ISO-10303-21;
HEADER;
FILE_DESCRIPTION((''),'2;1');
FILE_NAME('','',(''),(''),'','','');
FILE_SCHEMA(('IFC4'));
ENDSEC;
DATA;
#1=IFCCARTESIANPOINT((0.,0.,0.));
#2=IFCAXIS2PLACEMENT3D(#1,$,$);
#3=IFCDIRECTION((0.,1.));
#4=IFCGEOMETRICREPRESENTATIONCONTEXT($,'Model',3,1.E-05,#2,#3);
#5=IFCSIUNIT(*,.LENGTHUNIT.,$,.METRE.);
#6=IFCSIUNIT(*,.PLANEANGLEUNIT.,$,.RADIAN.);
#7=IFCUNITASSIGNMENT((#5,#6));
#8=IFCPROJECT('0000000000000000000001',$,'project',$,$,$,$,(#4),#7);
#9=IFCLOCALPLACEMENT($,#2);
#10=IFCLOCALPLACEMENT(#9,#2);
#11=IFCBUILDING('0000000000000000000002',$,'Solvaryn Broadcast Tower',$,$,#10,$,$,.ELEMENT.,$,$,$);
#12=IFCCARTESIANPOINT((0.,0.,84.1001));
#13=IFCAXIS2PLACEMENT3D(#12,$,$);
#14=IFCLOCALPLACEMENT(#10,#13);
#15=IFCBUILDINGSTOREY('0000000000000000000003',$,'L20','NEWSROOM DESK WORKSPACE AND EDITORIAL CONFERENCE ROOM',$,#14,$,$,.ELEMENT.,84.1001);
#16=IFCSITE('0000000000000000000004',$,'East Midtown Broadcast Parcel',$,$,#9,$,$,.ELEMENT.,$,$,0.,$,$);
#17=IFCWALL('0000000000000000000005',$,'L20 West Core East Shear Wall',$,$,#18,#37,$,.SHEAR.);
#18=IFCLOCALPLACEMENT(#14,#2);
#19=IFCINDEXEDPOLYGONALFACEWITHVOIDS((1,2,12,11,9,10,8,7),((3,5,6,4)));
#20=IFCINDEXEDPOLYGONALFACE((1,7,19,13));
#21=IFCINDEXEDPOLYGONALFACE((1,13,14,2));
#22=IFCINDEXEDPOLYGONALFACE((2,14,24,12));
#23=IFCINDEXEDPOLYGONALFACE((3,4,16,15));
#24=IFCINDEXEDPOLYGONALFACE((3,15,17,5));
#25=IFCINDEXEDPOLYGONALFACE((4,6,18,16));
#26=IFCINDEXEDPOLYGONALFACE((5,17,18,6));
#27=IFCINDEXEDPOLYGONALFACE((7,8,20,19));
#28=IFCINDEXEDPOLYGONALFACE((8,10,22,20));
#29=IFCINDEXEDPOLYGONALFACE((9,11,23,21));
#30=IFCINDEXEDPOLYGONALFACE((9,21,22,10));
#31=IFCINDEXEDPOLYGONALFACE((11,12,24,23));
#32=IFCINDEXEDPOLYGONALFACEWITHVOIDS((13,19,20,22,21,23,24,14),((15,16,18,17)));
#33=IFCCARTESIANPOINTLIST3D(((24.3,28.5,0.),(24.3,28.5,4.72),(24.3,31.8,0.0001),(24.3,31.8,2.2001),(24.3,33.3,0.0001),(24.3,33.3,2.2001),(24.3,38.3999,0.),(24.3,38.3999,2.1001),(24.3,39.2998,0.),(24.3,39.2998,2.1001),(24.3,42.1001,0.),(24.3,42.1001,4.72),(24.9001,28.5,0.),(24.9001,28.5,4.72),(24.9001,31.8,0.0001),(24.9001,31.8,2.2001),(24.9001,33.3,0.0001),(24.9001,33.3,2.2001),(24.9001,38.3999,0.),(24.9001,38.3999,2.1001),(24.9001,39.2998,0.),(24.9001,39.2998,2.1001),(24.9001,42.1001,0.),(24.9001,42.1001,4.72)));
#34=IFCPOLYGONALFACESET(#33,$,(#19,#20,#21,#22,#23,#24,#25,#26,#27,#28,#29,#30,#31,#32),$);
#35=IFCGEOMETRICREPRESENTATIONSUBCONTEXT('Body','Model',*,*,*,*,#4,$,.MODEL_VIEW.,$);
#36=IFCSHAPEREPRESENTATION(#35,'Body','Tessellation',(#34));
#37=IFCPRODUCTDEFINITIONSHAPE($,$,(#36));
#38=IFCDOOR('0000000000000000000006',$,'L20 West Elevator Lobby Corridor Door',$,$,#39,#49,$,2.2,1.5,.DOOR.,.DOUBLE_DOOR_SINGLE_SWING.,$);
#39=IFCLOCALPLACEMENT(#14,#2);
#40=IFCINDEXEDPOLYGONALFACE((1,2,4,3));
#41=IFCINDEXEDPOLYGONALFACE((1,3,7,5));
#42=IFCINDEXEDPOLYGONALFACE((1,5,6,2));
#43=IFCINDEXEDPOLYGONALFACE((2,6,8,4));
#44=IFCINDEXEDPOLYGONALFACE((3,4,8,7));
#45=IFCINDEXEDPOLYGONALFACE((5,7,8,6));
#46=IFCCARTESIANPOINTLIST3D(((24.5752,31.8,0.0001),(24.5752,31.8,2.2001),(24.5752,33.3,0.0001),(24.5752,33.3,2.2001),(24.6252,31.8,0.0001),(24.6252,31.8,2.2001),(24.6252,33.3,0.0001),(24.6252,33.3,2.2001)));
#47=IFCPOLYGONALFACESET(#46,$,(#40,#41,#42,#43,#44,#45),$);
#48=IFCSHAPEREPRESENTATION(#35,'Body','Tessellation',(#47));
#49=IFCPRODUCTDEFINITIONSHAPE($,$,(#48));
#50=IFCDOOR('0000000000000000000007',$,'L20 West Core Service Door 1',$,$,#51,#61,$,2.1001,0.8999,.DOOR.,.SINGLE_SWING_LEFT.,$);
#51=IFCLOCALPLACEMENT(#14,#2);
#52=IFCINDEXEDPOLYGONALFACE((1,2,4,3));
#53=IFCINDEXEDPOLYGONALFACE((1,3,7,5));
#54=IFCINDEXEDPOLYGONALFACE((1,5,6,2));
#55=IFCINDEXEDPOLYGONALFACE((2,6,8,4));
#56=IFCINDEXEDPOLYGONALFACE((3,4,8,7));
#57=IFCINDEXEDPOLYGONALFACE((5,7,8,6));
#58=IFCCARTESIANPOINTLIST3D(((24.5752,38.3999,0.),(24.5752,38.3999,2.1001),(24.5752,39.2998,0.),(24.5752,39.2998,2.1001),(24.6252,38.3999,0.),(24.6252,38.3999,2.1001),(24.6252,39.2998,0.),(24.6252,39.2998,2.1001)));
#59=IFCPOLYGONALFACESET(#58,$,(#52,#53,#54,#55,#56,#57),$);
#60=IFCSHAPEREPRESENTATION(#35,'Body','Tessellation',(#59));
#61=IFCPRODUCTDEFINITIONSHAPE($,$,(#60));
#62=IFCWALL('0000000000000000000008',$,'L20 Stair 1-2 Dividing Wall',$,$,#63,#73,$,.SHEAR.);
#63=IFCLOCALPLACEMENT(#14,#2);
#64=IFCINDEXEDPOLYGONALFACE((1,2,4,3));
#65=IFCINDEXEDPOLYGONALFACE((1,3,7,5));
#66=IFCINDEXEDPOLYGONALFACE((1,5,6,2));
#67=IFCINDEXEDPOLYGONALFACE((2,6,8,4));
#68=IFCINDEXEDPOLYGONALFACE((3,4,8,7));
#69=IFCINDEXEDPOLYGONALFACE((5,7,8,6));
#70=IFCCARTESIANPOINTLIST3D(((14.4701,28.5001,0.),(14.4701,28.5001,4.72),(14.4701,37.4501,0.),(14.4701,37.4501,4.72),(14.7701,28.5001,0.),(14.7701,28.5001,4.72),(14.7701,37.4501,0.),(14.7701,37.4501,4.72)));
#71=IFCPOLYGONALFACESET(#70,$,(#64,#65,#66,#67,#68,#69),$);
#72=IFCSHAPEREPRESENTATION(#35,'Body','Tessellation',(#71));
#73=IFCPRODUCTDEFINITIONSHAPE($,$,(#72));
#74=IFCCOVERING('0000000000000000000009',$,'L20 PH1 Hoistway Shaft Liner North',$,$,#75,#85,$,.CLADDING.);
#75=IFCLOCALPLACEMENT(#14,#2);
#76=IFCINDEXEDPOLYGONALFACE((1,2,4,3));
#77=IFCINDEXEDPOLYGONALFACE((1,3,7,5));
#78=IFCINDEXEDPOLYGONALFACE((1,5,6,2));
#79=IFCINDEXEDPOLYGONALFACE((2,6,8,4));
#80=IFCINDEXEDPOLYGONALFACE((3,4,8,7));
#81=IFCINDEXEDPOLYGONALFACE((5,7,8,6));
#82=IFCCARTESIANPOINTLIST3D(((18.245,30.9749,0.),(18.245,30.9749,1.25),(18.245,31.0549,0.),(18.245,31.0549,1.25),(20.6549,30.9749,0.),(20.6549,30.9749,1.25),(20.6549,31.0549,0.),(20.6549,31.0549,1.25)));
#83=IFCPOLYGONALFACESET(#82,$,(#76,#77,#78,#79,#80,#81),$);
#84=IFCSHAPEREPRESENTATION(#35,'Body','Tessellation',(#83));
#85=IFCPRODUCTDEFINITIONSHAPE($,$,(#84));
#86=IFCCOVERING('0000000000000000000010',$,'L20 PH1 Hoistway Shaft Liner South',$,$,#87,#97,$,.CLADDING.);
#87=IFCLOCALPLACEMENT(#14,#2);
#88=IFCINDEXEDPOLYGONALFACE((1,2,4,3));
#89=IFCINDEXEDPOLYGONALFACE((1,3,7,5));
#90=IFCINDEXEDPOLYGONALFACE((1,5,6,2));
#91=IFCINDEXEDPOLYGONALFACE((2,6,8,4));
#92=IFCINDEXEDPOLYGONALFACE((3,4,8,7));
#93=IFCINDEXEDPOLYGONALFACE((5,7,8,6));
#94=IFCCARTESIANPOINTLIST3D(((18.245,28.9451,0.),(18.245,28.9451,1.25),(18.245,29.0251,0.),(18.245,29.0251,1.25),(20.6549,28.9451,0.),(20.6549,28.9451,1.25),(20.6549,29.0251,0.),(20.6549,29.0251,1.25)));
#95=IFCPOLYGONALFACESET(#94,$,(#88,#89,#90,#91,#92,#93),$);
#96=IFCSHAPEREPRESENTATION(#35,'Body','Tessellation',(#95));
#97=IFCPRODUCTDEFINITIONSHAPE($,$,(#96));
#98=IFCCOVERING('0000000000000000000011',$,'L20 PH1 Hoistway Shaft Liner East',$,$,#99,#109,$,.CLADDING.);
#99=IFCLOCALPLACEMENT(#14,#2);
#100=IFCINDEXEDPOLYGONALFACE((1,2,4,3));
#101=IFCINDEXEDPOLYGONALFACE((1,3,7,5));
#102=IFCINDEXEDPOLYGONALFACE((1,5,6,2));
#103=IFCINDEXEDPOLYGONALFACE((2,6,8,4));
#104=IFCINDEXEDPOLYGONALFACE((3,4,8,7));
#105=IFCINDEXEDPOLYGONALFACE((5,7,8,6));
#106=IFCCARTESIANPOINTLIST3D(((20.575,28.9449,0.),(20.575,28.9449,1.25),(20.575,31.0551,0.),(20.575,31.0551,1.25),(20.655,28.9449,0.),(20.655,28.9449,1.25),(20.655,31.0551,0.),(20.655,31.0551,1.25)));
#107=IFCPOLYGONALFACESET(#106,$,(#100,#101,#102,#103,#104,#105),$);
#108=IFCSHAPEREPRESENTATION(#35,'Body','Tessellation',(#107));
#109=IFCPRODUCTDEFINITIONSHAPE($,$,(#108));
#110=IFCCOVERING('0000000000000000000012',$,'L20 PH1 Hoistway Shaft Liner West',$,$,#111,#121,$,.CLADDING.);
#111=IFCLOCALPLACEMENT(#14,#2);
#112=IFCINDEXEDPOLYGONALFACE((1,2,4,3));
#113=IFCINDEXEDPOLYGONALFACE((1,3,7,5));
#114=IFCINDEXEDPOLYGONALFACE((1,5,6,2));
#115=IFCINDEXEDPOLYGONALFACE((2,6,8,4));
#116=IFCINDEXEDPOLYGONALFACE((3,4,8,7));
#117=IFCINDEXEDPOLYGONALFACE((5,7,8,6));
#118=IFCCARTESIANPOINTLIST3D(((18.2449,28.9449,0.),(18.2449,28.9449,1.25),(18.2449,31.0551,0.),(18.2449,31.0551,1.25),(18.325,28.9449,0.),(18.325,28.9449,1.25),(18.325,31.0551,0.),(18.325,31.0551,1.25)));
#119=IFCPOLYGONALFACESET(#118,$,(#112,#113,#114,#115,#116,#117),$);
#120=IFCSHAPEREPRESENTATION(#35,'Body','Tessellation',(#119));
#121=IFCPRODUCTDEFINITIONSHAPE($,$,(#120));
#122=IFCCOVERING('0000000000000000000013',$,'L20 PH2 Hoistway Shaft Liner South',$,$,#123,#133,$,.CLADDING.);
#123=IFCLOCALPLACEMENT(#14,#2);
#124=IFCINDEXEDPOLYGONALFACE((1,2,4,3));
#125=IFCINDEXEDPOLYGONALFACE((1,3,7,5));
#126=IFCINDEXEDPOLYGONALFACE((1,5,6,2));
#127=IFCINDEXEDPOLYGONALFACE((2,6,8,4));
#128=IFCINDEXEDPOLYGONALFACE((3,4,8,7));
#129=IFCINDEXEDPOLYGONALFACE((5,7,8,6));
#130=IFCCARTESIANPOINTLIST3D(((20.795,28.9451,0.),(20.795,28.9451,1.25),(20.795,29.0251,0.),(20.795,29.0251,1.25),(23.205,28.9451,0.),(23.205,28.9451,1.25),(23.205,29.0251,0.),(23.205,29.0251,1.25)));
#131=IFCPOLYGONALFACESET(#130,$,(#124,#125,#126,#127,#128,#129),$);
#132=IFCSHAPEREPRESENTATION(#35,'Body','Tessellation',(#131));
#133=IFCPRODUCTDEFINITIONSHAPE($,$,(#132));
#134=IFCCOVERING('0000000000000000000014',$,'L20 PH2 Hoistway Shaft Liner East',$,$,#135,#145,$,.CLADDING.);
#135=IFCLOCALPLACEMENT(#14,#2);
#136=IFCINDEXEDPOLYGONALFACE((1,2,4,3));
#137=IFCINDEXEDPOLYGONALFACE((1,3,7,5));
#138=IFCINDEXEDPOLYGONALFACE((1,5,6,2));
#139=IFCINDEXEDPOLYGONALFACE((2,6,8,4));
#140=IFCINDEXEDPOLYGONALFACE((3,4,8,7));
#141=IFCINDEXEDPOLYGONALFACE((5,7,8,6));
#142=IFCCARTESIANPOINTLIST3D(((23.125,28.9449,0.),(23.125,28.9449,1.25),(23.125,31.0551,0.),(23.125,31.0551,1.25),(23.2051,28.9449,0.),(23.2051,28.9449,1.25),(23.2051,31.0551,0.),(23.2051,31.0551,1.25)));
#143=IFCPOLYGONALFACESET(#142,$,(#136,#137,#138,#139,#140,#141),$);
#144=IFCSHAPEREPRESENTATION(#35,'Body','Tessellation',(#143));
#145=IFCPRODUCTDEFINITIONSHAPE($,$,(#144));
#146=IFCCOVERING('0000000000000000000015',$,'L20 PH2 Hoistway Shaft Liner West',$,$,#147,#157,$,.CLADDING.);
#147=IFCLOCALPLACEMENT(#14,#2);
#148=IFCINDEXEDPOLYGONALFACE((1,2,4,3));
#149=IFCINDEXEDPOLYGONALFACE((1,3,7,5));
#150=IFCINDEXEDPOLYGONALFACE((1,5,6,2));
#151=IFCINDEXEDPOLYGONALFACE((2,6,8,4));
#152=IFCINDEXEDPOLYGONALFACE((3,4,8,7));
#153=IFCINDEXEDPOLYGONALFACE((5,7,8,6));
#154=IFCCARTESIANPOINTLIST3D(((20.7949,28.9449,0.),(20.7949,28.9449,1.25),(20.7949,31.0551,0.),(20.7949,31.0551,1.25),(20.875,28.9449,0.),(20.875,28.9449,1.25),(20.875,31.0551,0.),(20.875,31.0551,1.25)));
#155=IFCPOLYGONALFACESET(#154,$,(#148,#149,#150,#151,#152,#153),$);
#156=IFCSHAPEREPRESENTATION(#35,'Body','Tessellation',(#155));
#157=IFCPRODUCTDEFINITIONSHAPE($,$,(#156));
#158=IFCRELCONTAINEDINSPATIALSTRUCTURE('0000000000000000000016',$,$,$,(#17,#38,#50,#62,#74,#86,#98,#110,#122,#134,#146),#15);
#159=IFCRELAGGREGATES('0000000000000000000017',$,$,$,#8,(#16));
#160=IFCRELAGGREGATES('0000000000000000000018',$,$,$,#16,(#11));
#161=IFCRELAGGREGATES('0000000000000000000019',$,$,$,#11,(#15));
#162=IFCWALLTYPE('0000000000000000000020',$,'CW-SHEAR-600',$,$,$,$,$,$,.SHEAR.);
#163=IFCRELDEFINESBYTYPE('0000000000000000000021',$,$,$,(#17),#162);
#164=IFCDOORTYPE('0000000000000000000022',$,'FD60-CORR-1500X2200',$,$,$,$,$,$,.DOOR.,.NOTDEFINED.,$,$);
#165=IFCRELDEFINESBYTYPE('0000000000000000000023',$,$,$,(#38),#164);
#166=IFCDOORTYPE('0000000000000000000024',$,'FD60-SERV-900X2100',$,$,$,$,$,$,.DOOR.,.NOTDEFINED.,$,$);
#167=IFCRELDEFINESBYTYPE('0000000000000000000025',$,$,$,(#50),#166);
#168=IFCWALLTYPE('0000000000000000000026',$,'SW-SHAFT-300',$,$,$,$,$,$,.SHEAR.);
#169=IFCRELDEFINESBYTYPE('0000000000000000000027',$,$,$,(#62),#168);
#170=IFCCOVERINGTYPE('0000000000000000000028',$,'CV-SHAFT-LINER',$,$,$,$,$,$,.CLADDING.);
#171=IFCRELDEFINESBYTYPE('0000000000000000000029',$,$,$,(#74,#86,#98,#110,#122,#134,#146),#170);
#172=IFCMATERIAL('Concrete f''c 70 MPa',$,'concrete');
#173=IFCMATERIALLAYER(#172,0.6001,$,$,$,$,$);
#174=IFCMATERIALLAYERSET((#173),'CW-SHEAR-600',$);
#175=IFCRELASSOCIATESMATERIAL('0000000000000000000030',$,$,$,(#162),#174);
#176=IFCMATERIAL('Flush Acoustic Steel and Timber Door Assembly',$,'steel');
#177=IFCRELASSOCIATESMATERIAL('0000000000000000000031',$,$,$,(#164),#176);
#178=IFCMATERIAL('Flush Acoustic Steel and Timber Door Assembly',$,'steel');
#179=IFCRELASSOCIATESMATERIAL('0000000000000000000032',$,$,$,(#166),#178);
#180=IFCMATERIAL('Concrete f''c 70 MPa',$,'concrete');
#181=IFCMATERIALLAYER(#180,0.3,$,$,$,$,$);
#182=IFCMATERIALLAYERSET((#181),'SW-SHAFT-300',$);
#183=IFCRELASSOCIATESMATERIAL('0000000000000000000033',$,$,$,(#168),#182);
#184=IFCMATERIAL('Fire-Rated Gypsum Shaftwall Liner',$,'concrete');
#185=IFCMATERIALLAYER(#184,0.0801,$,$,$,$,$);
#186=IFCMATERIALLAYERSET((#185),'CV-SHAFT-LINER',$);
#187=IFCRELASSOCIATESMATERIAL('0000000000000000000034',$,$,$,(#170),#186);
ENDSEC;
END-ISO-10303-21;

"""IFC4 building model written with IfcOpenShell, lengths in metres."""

from ifc_helpers import new_model, si_unit, direction, frame, frame_2d, origin, origin_2d, place, context, subcontext, project, spatial, rectangle, extrude, material, layer, layer_set, type_object, element, fill, save


model = new_model("IFC4")

# Units and contexts
model_context = context("Model", 3, precision=1e-05, world=origin(), true_north=direction((0.0, 1.0)))
body_context = subcontext(model_context, "Body", "Model", "MODEL_VIEW")
ifc_project = project(units=[si_unit("LENGTHUNIT", "METRE"), si_unit("PLANEANGLEUNIT", "RADIAN")], contexts=[model_context])

# Site, building, storey
site_placement = place(None, origin())
site = spatial("IfcSite", under=ifc_project, at=site_placement, Name="East Midtown Broadcast Parcel", CompositionType="ELEMENT", RefElevation=0.0)
building_placement = place(site_placement, origin())
building = spatial("IfcBuilding", under=site, at=building_placement, Name="Solvaryn Broadcast Tower", CompositionType="ELEMENT")
storey_placement = place(building_placement, frame((0.0, 0.0, 84.1001)))
storey = spatial("IfcBuildingStorey", under=building, at=storey_placement, Name="L20", Description="NEWSROOM DESK WORKSPACE AND EDITORIAL CONFERENCE ROOM", CompositionType="ELEMENT", Elevation=84.1001)

# Wall, openings, doors
ifc_material_1 = material(Name="Concrete f'c 70 MPa", Category="concrete")
ifc_layer_1 = layer(ifc_material_1, 0.6001)
ifc_layer_set_1 = layer_set([ifc_layer_1], Name="CW-SHEAR-600")
wall_type_1 = type_object("IfcWallType", Name="CW-SHEAR-600", PredefinedType="SHEAR", material=ifc_layer_set_1)
wall_1_placement = place(storey_placement, frame((24.6001, 28.5, 0.0), z_axis=(0.0, 0.0, 1.0), x_axis=(0.0, 1.0, 0.0)))
wall_1 = element("IfcWall", 1, at=wall_1_placement, inside=storey, type_object=wall_type_1, Name="L20 West Core East Shear Wall", PredefinedType="SHEAR", context=body_context, shape_type="SweptSolid", body=[
    extrude(rectangle(XDim=13.6001, YDim=0.6001, at=frame_2d((6.8, 0.0))), origin(), (0.0, 0.0, 1.0), 4.72),
])
opening_1_placement = place(wall_1_placement, frame((3.3, 0.0, 0.0)))
opening_1 = element("IfcOpeningElement", 2, at=opening_1_placement, cuts=wall_1, PredefinedType="OPENING", context=body_context, shape_type="SweptSolid", body=[
    extrude(rectangle(XDim=1.5, YDim=2.2, at=frame_2d((0.75, 1.1001))), frame((0.0, 0.3101, 0.0), z_axis=(0.0, -1.0, 0.0), x_axis=(1.0, 0.0, 0.0)), (0.0, 0.0, 1.0), 0.6201),
])
opening_2_placement = place(wall_1_placement, frame((9.8999, 0.0, 0.0)))
opening_2 = element("IfcOpeningElement", 3, at=opening_2_placement, cuts=wall_1, PredefinedType="OPENING", context=body_context, shape_type="SweptSolid", body=[
    extrude(rectangle(XDim=0.8999, YDim=2.1001, at=frame_2d((0.45, 1.05))), frame((0.0, 0.3101, 0.0), z_axis=(0.0, -1.0, 0.0), x_axis=(1.0, 0.0, 0.0)), (0.0, 0.0, 1.0), 0.6201),
])
ifc_material_2 = material(Name="Flush Acoustic Steel and Timber Door Assembly", Category="steel")
door_type_1 = type_object("IfcDoorType", Name="FD60-CORR-1500X2200", OperationType="NOTDEFINED", PredefinedType="DOOR", material=ifc_material_2)
door_1_placement = place(opening_1_placement, origin())
door_1 = element("IfcDoor", 4, at=door_1_placement, inside=storey, type_object=door_type_1, Name="L20 West Elevator Lobby Corridor Door", OperationType="DOUBLE_DOOR_SINGLE_SWING", OverallHeight=2.2, OverallWidth=1.5, PredefinedType="DOOR", context=body_context, shape_type="SweptSolid", body=[
    extrude(rectangle(XDim=1.5, YDim=2.2, at=frame_2d((0.75, 1.1001))), frame((0.0, 0.0249, 0.0), z_axis=(0.0, -1.0, 0.0), x_axis=(1.0, 0.0, 0.0)), (0.0, 0.0, 1.0), 0.05),
])
fill(opening_1, door_1)
ifc_material_3 = material(Name="Flush Acoustic Steel and Timber Door Assembly", Category="steel")
door_type_2 = type_object("IfcDoorType", Name="FD60-SERV-900X2100", OperationType="NOTDEFINED", PredefinedType="DOOR", material=ifc_material_3)
door_2_placement = place(opening_2_placement, origin())
door_2 = element("IfcDoor", 5, at=door_2_placement, inside=storey, type_object=door_type_2, Name="L20 West Core Service Door 1", OperationType="SINGLE_SWING_LEFT", OverallHeight=2.1001, OverallWidth=0.8999, PredefinedType="DOOR", context=body_context, shape_type="SweptSolid", body=[
    extrude(rectangle(XDim=0.8999, YDim=2.1001, at=frame_2d((0.45, 1.05))), frame((0.0, 0.0249, 0.0), z_axis=(0.0, -1.0, 0.0), x_axis=(1.0, 0.0, 0.0)), (0.0, 0.0, 1.0), 0.05),
])
fill(opening_2, door_2)

# Wall
ifc_material_4 = material(Name="Concrete f'c 70 MPa", Category="concrete")
ifc_layer_2 = layer(ifc_material_4, 0.3)
ifc_layer_set_2 = layer_set([ifc_layer_2], Name="SW-SHAFT-300")
wall_type_2 = type_object("IfcWallType", Name="SW-SHAFT-300", PredefinedType="SHEAR", material=ifc_layer_set_2)
wall_2_placement = place(storey_placement, frame((14.6201, 28.5, 0.0), z_axis=(0.0, 0.0, 1.0), x_axis=(0.0, 1.0, 0.0)))
element("IfcWall", 6, at=wall_2_placement, inside=storey, type_object=wall_type_2, Name="L20 Stair 1-2 Dividing Wall", PredefinedType="SHEAR", context=body_context, shape_type="SweptSolid", body=[
    extrude(rectangle(XDim=8.95, YDim=0.3, at=frame_2d((4.4751, 0.0))), origin(), (0.0, 0.0, 1.0), 4.72),
])

# Coverings
ifc_material_5 = material(Name="Fire-Rated Gypsum Shaftwall Liner", Category="concrete")
ifc_layer_3 = layer(ifc_material_5, 0.0801)
ifc_layer_set_3 = layer_set([ifc_layer_3], Name="CV-SHAFT-LINER")
covering_type = type_object("IfcCoveringType", Name="CV-SHAFT-LINER", PredefinedType="CLADDING", material=ifc_layer_set_3)
for number, where, z_axis, x_axis, name in (
    (7, (19.45, 31.0149, 0.0), (0.0, 0.0, 1.0), (1.0, 0.0, 0.0), "L20 PH1 Hoistway Shaft Liner North"),
    (8, (19.45, 28.9851, 0.0), (0.0, 0.0, 1.0), (1.0, 0.0, 0.0), "L20 PH1 Hoistway Shaft Liner South"),
):
    element("IfcCovering", number, at=place(storey_placement, frame(where, z_axis=z_axis, x_axis=x_axis)), inside=storey, type_object=covering_type, Name=name, PredefinedType="CLADDING", context=body_context, shape_type="SweptSolid", body=[
        extrude(rectangle(XDim=2.4099, YDim=0.0801, at=origin_2d()), origin(), (0.0, 0.0, 1.0), 1.25),
    ])
for number, where, z_axis, x_axis, name in (
    (9, (20.615, 30.0, 0.0), (0.0, 0.0, 1.0), (1.0, 0.0, 0.0), "L20 PH1 Hoistway Shaft Liner East"),
    (10, (18.2849, 30.0, 0.0), (0.0, 0.0, 1.0), (1.0, 0.0, 0.0), "L20 PH1 Hoistway Shaft Liner West"),
):
    element("IfcCovering", number, at=place(storey_placement, frame(where, z_axis=z_axis, x_axis=x_axis)), inside=storey, type_object=covering_type, Name=name, PredefinedType="CLADDING", context=body_context, shape_type="SweptSolid", body=[
        extrude(rectangle(XDim=0.0801, YDim=2.1101, at=origin_2d()), origin(), (0.0, 0.0, 1.0), 1.25),
    ])
covering_placement = place(storey_placement, frame((22.0, 28.9851, 0.0), z_axis=(0.0, 0.0, 1.0), x_axis=(1.0, 0.0, 0.0)))
element("IfcCovering", 11, at=covering_placement, inside=storey, type_object=covering_type, Name="L20 PH2 Hoistway Shaft Liner South", PredefinedType="CLADDING", context=body_context, shape_type="SweptSolid", body=[
    extrude(rectangle(XDim=2.4099, YDim=0.0801, at=origin_2d()), origin(), (0.0, 0.0, 1.0), 1.25),
])
for number, where, z_axis, x_axis, name in (
    (12, (23.165, 30.0, 0.0), (0.0, 0.0, 1.0), (1.0, 0.0, 0.0), "L20 PH2 Hoistway Shaft Liner East"),
    (13, (20.835, 30.0, 0.0), (0.0, 0.0, 1.0), (1.0, 0.0, 0.0), "L20 PH2 Hoistway Shaft Liner West"),
):
    element("IfcCovering", number, at=place(storey_placement, frame(where, z_axis=z_axis, x_axis=x_axis)), inside=storey, type_object=covering_type, Name=name, PredefinedType="CLADDING", context=body_context, shape_type="SweptSolid", body=[
        extrude(rectangle(XDim=0.0801, YDim=2.1101, at=origin_2d()), origin(), (0.0, 0.0, 1.0), 1.25),
    ])

save(model, "model.ifc")
